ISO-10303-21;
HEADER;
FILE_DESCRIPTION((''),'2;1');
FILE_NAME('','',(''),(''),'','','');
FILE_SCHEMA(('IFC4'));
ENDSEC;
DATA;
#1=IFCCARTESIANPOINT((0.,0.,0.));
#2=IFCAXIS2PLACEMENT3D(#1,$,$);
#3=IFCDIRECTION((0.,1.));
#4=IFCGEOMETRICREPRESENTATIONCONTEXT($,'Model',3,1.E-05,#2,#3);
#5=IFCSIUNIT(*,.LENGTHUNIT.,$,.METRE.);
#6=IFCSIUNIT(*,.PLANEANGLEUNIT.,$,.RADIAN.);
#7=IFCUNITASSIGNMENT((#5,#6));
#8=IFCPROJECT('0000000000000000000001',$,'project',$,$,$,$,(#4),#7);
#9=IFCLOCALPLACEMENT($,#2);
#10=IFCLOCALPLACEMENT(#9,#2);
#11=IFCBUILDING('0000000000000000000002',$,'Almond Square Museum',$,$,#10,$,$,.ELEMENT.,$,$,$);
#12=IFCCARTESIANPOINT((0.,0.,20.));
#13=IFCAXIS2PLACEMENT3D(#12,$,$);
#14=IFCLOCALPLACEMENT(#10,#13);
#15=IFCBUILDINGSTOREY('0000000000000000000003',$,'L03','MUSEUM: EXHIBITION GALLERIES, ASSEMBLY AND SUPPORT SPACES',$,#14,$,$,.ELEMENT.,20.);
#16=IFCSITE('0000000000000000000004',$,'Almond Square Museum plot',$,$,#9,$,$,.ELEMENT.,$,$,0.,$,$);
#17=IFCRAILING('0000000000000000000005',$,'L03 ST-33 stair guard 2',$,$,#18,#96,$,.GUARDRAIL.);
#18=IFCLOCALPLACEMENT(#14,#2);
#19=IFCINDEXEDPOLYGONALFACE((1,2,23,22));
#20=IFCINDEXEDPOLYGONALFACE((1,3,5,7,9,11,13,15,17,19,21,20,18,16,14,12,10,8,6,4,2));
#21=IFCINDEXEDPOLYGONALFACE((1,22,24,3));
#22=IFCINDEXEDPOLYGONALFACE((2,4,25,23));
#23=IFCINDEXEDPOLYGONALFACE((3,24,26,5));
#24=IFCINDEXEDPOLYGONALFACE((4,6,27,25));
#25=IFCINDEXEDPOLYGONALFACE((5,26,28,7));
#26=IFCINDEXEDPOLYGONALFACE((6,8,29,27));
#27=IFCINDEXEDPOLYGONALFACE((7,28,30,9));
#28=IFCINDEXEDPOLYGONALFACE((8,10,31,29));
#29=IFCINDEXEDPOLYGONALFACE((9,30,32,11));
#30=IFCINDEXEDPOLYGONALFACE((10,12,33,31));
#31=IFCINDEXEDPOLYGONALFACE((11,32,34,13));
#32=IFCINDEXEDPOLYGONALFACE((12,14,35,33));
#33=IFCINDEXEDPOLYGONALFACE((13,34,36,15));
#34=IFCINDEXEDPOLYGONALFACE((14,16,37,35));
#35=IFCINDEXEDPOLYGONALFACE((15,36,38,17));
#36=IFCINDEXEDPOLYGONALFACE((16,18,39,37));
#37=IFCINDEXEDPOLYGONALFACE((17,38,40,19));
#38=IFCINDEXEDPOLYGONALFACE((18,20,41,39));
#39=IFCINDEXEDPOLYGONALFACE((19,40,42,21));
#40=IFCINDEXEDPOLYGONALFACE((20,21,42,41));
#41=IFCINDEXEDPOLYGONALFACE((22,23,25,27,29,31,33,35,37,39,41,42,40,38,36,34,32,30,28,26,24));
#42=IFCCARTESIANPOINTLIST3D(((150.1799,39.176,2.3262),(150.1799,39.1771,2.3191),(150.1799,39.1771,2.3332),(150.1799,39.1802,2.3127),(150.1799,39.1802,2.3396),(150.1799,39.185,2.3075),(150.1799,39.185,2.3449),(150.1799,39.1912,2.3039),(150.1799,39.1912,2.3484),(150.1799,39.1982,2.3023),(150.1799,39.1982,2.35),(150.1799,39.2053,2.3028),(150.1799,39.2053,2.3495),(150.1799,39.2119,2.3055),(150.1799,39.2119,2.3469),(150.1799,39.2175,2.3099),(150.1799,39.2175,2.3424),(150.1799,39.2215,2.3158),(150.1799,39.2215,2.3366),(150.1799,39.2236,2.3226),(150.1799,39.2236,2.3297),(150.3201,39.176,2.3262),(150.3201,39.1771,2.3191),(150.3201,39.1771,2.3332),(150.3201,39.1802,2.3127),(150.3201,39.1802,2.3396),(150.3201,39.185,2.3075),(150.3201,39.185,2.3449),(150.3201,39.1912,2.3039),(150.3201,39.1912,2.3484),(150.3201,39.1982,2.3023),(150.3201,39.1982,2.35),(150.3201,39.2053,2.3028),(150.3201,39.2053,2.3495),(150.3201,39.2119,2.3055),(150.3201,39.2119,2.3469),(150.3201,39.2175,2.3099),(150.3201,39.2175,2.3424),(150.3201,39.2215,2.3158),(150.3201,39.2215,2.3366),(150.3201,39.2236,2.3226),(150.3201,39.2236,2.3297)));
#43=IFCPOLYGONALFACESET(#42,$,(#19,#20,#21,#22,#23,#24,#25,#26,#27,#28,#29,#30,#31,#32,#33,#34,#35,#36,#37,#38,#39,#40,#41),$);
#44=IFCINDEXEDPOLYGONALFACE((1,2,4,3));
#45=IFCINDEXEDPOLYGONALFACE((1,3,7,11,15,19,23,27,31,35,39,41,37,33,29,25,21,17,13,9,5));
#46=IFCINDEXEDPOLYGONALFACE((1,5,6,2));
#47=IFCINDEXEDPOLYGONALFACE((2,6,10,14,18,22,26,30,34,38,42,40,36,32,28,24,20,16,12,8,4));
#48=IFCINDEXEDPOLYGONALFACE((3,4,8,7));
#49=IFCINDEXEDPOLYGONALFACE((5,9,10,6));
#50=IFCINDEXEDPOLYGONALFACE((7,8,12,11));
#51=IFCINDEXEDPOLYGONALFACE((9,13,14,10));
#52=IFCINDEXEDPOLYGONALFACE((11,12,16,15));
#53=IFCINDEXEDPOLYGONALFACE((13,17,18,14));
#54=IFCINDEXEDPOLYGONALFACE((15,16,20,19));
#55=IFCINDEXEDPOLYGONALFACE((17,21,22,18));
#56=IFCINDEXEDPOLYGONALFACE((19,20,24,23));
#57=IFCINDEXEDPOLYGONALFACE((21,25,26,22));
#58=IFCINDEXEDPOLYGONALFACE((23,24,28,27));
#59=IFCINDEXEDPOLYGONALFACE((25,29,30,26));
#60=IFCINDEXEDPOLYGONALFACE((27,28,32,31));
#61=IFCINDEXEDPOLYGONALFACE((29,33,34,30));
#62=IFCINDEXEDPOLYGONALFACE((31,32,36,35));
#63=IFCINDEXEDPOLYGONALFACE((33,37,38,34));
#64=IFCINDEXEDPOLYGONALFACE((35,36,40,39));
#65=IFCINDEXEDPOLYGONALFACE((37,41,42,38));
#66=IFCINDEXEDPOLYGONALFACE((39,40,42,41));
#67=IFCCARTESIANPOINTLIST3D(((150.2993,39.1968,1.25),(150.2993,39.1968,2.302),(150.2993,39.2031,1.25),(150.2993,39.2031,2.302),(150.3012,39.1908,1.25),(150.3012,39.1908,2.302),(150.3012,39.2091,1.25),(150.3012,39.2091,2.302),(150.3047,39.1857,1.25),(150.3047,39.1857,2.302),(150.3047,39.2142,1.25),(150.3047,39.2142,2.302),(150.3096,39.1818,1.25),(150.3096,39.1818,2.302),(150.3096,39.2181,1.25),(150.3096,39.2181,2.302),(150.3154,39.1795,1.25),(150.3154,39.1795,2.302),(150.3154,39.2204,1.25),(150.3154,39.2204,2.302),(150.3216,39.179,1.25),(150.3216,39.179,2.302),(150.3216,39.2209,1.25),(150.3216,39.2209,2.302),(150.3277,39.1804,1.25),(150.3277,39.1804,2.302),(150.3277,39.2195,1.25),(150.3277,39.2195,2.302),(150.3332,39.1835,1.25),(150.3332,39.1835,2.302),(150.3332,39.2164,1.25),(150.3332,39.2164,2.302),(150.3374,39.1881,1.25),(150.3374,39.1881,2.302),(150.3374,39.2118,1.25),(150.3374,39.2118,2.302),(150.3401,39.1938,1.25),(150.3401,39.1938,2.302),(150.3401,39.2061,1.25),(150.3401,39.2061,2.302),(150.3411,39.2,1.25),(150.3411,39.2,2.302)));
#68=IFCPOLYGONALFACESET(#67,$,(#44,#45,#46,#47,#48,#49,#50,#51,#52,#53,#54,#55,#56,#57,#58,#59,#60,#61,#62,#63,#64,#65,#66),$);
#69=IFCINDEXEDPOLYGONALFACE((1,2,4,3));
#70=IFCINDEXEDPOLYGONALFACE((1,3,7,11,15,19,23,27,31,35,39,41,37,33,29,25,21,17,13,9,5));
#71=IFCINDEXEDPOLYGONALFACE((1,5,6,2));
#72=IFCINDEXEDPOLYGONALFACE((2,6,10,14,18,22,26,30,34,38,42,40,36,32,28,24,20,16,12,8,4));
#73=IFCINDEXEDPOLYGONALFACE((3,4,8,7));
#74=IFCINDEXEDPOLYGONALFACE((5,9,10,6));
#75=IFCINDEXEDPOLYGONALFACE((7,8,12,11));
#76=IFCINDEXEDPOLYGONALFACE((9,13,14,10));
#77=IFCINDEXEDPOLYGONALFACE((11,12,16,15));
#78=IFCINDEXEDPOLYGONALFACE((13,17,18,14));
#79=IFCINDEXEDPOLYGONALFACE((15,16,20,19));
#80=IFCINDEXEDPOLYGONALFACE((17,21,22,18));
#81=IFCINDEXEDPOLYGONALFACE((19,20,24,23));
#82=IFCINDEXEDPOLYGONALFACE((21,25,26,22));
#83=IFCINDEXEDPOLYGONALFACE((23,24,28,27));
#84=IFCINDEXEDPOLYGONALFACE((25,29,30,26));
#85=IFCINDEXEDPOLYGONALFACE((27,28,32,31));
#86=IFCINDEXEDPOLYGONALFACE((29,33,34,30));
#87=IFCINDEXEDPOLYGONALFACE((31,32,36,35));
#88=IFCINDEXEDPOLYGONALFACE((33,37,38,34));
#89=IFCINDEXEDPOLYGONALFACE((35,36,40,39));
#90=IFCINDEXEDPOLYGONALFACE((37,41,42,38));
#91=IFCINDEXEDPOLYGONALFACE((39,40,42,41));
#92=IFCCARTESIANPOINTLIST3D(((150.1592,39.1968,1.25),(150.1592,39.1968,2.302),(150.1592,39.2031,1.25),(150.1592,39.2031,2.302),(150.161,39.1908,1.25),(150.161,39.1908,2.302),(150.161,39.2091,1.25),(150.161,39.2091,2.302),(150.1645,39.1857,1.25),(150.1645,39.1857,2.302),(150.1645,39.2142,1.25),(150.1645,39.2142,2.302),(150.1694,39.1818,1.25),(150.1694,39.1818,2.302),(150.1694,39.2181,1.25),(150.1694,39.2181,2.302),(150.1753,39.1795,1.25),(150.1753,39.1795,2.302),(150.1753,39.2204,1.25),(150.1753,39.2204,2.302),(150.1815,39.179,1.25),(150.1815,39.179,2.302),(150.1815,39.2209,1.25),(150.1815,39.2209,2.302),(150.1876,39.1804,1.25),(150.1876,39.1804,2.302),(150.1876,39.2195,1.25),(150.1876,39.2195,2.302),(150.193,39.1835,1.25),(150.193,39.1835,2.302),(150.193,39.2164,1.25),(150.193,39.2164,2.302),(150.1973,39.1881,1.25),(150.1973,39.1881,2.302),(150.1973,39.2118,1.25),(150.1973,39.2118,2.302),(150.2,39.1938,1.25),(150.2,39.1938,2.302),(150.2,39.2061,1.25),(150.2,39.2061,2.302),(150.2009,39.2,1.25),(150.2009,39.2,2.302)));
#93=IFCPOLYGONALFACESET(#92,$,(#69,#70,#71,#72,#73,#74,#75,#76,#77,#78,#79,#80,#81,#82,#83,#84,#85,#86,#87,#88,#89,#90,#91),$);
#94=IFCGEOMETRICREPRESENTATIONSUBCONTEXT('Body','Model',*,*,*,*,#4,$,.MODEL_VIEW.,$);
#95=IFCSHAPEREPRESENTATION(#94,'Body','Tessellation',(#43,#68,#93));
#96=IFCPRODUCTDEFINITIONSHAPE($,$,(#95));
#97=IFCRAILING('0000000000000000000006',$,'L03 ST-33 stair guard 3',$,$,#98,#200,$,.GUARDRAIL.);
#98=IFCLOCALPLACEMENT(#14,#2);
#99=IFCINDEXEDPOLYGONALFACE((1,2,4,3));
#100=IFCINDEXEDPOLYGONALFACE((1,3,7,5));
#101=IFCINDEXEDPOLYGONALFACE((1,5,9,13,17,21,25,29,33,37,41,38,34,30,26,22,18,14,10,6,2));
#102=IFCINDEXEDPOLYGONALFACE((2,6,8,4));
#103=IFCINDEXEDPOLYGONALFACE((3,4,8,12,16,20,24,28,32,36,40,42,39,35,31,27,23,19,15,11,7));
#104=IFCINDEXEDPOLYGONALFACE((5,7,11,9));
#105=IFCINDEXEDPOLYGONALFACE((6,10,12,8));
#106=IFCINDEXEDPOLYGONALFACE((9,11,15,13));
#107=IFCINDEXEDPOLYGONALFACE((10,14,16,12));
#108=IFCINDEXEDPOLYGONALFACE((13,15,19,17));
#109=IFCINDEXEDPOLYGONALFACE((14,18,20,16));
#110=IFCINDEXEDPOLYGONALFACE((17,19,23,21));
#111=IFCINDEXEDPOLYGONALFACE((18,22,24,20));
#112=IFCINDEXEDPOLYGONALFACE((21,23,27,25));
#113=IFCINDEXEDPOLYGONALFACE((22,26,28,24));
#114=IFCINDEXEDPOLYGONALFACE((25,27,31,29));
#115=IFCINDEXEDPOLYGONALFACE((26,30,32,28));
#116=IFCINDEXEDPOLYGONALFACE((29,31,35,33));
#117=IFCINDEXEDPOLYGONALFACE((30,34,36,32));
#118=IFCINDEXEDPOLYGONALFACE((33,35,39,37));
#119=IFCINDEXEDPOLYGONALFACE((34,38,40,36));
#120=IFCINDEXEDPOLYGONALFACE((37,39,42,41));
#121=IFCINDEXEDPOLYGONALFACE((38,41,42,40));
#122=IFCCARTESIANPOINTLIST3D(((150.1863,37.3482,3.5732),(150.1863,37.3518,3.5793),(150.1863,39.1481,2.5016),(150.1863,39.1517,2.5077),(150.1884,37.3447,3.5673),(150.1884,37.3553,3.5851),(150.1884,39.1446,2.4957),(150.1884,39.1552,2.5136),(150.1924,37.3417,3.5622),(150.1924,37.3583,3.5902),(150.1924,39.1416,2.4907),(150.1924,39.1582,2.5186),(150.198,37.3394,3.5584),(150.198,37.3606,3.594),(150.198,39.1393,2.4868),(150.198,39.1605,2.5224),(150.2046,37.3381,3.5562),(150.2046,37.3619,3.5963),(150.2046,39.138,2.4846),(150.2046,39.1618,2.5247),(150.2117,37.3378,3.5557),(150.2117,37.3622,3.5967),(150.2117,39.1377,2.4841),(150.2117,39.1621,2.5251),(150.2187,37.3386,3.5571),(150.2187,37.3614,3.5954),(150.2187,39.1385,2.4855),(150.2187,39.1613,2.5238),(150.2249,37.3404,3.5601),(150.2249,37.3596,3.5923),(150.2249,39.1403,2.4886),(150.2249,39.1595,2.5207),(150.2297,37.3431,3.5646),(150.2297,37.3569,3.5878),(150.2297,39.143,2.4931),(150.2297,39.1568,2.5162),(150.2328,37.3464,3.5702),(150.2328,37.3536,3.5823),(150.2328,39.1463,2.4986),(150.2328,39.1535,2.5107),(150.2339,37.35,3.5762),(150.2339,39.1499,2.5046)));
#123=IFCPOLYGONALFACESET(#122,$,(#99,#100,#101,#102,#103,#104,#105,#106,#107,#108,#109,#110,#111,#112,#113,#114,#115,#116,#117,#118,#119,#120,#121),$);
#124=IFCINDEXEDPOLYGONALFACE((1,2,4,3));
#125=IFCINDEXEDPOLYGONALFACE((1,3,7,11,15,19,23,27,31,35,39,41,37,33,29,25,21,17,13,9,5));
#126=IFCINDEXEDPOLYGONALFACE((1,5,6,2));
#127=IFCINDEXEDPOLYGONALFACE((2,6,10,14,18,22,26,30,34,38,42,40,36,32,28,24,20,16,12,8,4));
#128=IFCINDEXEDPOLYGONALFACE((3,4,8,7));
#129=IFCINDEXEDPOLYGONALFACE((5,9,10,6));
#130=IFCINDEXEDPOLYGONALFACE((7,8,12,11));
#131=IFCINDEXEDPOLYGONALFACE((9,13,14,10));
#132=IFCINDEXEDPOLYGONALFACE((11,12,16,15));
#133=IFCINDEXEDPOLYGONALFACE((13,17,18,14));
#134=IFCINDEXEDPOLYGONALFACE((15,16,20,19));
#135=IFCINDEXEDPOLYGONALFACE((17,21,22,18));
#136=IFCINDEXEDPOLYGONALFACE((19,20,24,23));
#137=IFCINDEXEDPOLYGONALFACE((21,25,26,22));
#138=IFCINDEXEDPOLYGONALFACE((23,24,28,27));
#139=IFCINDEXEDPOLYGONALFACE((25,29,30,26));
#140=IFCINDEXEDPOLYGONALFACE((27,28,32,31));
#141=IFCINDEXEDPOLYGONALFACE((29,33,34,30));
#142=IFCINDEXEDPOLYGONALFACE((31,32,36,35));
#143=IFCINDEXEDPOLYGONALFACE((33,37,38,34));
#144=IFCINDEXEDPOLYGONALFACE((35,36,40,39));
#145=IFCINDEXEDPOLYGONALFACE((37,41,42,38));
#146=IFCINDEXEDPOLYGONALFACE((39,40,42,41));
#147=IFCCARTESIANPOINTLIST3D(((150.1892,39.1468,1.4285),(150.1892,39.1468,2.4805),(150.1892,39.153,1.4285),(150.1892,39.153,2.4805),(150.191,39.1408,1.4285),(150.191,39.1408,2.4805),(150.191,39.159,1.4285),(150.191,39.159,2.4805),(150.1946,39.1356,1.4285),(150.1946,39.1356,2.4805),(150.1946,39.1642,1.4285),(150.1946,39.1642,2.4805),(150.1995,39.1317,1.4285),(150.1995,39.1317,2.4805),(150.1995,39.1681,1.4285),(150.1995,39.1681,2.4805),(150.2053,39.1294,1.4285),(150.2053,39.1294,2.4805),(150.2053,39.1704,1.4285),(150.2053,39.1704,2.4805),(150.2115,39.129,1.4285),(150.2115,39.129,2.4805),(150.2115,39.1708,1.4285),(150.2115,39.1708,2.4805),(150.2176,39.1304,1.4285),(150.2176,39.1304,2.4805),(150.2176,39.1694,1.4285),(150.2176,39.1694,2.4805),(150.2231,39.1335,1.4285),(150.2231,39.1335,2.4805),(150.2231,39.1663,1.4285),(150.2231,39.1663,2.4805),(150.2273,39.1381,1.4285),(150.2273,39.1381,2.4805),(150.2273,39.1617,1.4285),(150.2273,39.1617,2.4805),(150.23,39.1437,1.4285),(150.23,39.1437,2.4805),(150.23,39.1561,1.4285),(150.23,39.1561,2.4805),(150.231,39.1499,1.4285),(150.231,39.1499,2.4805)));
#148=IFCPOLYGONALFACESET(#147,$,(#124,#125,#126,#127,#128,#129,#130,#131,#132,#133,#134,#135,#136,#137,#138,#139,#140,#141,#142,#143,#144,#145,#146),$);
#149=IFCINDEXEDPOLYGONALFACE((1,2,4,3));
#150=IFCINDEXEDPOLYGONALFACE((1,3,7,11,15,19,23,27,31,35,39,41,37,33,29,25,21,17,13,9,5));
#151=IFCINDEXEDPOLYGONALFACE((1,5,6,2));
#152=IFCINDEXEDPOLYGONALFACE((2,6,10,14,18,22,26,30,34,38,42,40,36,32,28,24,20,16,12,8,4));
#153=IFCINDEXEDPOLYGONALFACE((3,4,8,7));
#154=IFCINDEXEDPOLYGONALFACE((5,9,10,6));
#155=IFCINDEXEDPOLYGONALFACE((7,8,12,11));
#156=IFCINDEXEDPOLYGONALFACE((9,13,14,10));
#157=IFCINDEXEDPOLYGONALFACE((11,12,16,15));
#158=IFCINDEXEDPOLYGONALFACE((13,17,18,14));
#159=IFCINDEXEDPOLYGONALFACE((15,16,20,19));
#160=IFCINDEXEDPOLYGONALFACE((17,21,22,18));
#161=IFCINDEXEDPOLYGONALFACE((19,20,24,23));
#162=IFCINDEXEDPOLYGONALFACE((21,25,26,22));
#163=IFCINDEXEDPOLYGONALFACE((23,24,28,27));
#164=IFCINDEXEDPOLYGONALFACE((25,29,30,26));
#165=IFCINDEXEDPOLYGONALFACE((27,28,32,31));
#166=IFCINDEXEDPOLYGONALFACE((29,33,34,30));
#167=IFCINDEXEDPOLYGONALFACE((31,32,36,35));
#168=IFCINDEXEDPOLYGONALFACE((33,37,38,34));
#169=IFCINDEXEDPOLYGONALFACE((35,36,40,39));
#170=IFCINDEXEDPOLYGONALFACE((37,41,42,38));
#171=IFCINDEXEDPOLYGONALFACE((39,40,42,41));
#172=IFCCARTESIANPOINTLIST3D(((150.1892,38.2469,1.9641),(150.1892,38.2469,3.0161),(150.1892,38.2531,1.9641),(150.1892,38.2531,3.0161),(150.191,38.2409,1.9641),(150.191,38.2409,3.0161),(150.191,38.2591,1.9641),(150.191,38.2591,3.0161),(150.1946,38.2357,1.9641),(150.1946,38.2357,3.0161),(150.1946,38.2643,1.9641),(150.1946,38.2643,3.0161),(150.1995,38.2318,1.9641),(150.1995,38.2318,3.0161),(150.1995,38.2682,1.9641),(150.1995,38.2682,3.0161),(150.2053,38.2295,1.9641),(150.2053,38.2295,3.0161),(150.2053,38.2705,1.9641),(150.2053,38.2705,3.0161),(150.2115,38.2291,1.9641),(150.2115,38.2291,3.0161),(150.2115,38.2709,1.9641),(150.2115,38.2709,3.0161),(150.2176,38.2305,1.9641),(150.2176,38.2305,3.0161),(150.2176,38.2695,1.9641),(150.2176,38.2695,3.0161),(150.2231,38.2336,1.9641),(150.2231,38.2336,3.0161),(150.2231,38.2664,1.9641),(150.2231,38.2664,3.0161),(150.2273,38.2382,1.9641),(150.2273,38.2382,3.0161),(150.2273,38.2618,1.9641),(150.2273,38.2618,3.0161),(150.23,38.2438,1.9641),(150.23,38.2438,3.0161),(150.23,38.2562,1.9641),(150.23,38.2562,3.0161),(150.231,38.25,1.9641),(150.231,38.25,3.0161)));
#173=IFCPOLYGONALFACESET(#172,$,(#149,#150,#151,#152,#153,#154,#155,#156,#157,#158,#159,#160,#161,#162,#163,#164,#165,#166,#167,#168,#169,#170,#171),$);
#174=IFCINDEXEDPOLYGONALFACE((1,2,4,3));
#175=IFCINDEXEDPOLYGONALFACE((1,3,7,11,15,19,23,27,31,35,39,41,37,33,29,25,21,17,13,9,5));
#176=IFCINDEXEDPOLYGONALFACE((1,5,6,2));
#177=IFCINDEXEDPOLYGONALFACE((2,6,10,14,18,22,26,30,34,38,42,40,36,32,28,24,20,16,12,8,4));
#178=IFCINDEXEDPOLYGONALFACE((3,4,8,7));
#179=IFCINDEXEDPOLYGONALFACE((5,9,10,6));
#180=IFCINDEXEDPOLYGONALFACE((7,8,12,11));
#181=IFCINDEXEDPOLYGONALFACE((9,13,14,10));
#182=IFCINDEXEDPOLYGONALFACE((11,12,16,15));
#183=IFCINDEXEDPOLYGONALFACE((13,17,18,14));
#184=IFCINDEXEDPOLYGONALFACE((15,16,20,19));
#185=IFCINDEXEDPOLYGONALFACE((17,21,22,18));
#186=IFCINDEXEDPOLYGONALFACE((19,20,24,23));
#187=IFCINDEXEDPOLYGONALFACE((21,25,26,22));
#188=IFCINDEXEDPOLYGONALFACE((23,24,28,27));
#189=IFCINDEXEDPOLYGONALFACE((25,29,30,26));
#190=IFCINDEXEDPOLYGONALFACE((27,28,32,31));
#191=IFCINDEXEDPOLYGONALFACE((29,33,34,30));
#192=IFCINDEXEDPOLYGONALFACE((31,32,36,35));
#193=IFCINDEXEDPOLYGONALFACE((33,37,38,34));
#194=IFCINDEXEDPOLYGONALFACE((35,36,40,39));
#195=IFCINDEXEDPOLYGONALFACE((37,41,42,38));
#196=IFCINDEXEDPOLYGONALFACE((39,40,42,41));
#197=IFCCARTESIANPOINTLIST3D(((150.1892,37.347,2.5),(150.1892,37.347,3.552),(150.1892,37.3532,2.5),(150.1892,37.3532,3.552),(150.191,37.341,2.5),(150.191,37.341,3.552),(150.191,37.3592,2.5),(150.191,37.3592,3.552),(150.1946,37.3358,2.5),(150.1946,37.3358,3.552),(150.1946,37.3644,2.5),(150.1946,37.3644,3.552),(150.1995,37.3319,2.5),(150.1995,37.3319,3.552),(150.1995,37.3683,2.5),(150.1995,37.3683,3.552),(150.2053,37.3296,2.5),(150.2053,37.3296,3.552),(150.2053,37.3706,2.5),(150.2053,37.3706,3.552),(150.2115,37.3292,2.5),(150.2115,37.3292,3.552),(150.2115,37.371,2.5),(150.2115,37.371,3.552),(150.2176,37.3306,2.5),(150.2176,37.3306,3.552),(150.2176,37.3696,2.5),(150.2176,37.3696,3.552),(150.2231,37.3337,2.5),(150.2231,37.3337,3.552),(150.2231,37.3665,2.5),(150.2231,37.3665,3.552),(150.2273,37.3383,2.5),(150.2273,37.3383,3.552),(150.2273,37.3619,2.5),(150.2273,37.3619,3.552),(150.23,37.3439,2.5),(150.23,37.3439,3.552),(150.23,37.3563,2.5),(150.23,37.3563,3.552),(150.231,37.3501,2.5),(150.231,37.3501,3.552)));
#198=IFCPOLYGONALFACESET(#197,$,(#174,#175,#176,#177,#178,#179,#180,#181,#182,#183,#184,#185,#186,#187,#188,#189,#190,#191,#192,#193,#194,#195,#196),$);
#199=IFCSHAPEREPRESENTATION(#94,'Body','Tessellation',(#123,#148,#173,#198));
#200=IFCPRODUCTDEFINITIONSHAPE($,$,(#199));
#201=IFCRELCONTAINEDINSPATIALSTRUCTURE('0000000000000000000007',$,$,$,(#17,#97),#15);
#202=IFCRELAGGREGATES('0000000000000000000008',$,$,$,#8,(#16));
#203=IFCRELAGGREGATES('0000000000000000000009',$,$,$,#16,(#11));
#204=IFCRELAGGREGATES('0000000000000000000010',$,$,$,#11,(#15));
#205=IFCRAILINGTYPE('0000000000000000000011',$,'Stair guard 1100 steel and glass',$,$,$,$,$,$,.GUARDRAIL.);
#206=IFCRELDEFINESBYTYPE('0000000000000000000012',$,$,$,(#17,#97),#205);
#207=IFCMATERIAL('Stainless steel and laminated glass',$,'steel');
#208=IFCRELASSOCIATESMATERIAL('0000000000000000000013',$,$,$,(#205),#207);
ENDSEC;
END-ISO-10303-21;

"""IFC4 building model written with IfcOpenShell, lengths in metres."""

from ifc_helpers import new_model, si_unit, direction, frame, origin, origin_2d, place, context, subcontext, project, spatial, circle, extrude, material, type_object, element, save


model = new_model("IFC4")

# Units and contexts
model_context = context("Model", 3, precision=1e-05, world=origin(), true_north=direction((0.0, 1.0)))
body_context = subcontext(model_context, "Body", "Model", "MODEL_VIEW")
ifc_project = project(units=[si_unit("LENGTHUNIT", "METRE"), si_unit("PLANEANGLEUNIT", "RADIAN")], contexts=[model_context])

# Site, building, storey
site_placement = place(None, origin())
site = spatial("IfcSite", under=ifc_project, at=site_placement, Name="Almond Square Museum plot", CompositionType="ELEMENT", RefElevation=0.0)
building_placement = place(site_placement, origin())
building = spatial("IfcBuilding", under=site, at=building_placement, Name="Almond Square Museum", CompositionType="ELEMENT")
storey_placement = place(building_placement, frame((0.0, 0.0, 20.0)))
storey = spatial("IfcBuildingStorey", under=building, at=storey_placement, Name="L03", Description="MUSEUM: EXHIBITION GALLERIES, ASSEMBLY AND SUPPORT SPACES", CompositionType="ELEMENT", Elevation=20.0)

# Railings
ifc_material_1 = material(Name="Stainless steel and laminated glass", Category="steel")
railing_type_1 = type_object("IfcRailingType", Name="Stair guard 1100 steel and glass", PredefinedType="GUARDRAIL", material=ifc_material_1)
railing_1_placement = place(storey_placement, frame((150.3201, 39.2, 1.25)))
element("IfcRailing", 1, at=railing_1_placement, inside=storey, type_object=railing_type_1, Name="L03 ST-33 stair guard 2", PredefinedType="GUARDRAIL", context=body_context, shape_type="SweptSolid", body=[
    extrude(circle(Radius=0.0239, at=origin_2d()), frame((0.0, 0.0, 1.0762), z_axis=(-1.0, 0.0, 0.0), x_axis=(0.0, -1.0, 0.0)), (0.0, 0.0, 1.0), 0.1401),
    extrude(circle(Radius=0.021, at=origin_2d()), origin(), (0.0, 0.0, 1.0), 1.052),
    extrude(circle(Radius=0.021, at=origin_2d()), frame((-0.1401, 0.0, 0.0)), (0.0, 0.0, 1.0), 1.052),
])
railing_2_placement = place(storey_placement, frame((150.21, 39.1499, 1.4285)))
element("IfcRailing", 2, at=railing_2_placement, inside=storey, type_object=railing_type_1, Name="L03 ST-33 stair guard 3", PredefinedType="GUARDRAIL", context=body_context, shape_type="SweptSolid", body=[
    extrude(circle(Radius=0.0239, at=origin_2d()), frame((0.0, 0.0, 1.0762), z_axis=(0.0, -0.859247, 0.511562), x_axis=(1.0, 0.0, 0.0)), (0.0, 0.0, 1.0), 2.0947),
    extrude(circle(Radius=0.021, at=origin_2d()), origin(), (0.0, 0.0, 1.0), 1.052),
    extrude(circle(Radius=0.021, at=origin_2d()), frame((0.0, -0.8999, 0.5356)), (0.0, 0.0, 1.0), 1.052),
    extrude(circle(Radius=0.021, at=origin_2d()), frame((0.0, -1.7998, 1.0715)), (0.0, 0.0, 1.0), 1.052),
])

save(model, "model.ifc")
